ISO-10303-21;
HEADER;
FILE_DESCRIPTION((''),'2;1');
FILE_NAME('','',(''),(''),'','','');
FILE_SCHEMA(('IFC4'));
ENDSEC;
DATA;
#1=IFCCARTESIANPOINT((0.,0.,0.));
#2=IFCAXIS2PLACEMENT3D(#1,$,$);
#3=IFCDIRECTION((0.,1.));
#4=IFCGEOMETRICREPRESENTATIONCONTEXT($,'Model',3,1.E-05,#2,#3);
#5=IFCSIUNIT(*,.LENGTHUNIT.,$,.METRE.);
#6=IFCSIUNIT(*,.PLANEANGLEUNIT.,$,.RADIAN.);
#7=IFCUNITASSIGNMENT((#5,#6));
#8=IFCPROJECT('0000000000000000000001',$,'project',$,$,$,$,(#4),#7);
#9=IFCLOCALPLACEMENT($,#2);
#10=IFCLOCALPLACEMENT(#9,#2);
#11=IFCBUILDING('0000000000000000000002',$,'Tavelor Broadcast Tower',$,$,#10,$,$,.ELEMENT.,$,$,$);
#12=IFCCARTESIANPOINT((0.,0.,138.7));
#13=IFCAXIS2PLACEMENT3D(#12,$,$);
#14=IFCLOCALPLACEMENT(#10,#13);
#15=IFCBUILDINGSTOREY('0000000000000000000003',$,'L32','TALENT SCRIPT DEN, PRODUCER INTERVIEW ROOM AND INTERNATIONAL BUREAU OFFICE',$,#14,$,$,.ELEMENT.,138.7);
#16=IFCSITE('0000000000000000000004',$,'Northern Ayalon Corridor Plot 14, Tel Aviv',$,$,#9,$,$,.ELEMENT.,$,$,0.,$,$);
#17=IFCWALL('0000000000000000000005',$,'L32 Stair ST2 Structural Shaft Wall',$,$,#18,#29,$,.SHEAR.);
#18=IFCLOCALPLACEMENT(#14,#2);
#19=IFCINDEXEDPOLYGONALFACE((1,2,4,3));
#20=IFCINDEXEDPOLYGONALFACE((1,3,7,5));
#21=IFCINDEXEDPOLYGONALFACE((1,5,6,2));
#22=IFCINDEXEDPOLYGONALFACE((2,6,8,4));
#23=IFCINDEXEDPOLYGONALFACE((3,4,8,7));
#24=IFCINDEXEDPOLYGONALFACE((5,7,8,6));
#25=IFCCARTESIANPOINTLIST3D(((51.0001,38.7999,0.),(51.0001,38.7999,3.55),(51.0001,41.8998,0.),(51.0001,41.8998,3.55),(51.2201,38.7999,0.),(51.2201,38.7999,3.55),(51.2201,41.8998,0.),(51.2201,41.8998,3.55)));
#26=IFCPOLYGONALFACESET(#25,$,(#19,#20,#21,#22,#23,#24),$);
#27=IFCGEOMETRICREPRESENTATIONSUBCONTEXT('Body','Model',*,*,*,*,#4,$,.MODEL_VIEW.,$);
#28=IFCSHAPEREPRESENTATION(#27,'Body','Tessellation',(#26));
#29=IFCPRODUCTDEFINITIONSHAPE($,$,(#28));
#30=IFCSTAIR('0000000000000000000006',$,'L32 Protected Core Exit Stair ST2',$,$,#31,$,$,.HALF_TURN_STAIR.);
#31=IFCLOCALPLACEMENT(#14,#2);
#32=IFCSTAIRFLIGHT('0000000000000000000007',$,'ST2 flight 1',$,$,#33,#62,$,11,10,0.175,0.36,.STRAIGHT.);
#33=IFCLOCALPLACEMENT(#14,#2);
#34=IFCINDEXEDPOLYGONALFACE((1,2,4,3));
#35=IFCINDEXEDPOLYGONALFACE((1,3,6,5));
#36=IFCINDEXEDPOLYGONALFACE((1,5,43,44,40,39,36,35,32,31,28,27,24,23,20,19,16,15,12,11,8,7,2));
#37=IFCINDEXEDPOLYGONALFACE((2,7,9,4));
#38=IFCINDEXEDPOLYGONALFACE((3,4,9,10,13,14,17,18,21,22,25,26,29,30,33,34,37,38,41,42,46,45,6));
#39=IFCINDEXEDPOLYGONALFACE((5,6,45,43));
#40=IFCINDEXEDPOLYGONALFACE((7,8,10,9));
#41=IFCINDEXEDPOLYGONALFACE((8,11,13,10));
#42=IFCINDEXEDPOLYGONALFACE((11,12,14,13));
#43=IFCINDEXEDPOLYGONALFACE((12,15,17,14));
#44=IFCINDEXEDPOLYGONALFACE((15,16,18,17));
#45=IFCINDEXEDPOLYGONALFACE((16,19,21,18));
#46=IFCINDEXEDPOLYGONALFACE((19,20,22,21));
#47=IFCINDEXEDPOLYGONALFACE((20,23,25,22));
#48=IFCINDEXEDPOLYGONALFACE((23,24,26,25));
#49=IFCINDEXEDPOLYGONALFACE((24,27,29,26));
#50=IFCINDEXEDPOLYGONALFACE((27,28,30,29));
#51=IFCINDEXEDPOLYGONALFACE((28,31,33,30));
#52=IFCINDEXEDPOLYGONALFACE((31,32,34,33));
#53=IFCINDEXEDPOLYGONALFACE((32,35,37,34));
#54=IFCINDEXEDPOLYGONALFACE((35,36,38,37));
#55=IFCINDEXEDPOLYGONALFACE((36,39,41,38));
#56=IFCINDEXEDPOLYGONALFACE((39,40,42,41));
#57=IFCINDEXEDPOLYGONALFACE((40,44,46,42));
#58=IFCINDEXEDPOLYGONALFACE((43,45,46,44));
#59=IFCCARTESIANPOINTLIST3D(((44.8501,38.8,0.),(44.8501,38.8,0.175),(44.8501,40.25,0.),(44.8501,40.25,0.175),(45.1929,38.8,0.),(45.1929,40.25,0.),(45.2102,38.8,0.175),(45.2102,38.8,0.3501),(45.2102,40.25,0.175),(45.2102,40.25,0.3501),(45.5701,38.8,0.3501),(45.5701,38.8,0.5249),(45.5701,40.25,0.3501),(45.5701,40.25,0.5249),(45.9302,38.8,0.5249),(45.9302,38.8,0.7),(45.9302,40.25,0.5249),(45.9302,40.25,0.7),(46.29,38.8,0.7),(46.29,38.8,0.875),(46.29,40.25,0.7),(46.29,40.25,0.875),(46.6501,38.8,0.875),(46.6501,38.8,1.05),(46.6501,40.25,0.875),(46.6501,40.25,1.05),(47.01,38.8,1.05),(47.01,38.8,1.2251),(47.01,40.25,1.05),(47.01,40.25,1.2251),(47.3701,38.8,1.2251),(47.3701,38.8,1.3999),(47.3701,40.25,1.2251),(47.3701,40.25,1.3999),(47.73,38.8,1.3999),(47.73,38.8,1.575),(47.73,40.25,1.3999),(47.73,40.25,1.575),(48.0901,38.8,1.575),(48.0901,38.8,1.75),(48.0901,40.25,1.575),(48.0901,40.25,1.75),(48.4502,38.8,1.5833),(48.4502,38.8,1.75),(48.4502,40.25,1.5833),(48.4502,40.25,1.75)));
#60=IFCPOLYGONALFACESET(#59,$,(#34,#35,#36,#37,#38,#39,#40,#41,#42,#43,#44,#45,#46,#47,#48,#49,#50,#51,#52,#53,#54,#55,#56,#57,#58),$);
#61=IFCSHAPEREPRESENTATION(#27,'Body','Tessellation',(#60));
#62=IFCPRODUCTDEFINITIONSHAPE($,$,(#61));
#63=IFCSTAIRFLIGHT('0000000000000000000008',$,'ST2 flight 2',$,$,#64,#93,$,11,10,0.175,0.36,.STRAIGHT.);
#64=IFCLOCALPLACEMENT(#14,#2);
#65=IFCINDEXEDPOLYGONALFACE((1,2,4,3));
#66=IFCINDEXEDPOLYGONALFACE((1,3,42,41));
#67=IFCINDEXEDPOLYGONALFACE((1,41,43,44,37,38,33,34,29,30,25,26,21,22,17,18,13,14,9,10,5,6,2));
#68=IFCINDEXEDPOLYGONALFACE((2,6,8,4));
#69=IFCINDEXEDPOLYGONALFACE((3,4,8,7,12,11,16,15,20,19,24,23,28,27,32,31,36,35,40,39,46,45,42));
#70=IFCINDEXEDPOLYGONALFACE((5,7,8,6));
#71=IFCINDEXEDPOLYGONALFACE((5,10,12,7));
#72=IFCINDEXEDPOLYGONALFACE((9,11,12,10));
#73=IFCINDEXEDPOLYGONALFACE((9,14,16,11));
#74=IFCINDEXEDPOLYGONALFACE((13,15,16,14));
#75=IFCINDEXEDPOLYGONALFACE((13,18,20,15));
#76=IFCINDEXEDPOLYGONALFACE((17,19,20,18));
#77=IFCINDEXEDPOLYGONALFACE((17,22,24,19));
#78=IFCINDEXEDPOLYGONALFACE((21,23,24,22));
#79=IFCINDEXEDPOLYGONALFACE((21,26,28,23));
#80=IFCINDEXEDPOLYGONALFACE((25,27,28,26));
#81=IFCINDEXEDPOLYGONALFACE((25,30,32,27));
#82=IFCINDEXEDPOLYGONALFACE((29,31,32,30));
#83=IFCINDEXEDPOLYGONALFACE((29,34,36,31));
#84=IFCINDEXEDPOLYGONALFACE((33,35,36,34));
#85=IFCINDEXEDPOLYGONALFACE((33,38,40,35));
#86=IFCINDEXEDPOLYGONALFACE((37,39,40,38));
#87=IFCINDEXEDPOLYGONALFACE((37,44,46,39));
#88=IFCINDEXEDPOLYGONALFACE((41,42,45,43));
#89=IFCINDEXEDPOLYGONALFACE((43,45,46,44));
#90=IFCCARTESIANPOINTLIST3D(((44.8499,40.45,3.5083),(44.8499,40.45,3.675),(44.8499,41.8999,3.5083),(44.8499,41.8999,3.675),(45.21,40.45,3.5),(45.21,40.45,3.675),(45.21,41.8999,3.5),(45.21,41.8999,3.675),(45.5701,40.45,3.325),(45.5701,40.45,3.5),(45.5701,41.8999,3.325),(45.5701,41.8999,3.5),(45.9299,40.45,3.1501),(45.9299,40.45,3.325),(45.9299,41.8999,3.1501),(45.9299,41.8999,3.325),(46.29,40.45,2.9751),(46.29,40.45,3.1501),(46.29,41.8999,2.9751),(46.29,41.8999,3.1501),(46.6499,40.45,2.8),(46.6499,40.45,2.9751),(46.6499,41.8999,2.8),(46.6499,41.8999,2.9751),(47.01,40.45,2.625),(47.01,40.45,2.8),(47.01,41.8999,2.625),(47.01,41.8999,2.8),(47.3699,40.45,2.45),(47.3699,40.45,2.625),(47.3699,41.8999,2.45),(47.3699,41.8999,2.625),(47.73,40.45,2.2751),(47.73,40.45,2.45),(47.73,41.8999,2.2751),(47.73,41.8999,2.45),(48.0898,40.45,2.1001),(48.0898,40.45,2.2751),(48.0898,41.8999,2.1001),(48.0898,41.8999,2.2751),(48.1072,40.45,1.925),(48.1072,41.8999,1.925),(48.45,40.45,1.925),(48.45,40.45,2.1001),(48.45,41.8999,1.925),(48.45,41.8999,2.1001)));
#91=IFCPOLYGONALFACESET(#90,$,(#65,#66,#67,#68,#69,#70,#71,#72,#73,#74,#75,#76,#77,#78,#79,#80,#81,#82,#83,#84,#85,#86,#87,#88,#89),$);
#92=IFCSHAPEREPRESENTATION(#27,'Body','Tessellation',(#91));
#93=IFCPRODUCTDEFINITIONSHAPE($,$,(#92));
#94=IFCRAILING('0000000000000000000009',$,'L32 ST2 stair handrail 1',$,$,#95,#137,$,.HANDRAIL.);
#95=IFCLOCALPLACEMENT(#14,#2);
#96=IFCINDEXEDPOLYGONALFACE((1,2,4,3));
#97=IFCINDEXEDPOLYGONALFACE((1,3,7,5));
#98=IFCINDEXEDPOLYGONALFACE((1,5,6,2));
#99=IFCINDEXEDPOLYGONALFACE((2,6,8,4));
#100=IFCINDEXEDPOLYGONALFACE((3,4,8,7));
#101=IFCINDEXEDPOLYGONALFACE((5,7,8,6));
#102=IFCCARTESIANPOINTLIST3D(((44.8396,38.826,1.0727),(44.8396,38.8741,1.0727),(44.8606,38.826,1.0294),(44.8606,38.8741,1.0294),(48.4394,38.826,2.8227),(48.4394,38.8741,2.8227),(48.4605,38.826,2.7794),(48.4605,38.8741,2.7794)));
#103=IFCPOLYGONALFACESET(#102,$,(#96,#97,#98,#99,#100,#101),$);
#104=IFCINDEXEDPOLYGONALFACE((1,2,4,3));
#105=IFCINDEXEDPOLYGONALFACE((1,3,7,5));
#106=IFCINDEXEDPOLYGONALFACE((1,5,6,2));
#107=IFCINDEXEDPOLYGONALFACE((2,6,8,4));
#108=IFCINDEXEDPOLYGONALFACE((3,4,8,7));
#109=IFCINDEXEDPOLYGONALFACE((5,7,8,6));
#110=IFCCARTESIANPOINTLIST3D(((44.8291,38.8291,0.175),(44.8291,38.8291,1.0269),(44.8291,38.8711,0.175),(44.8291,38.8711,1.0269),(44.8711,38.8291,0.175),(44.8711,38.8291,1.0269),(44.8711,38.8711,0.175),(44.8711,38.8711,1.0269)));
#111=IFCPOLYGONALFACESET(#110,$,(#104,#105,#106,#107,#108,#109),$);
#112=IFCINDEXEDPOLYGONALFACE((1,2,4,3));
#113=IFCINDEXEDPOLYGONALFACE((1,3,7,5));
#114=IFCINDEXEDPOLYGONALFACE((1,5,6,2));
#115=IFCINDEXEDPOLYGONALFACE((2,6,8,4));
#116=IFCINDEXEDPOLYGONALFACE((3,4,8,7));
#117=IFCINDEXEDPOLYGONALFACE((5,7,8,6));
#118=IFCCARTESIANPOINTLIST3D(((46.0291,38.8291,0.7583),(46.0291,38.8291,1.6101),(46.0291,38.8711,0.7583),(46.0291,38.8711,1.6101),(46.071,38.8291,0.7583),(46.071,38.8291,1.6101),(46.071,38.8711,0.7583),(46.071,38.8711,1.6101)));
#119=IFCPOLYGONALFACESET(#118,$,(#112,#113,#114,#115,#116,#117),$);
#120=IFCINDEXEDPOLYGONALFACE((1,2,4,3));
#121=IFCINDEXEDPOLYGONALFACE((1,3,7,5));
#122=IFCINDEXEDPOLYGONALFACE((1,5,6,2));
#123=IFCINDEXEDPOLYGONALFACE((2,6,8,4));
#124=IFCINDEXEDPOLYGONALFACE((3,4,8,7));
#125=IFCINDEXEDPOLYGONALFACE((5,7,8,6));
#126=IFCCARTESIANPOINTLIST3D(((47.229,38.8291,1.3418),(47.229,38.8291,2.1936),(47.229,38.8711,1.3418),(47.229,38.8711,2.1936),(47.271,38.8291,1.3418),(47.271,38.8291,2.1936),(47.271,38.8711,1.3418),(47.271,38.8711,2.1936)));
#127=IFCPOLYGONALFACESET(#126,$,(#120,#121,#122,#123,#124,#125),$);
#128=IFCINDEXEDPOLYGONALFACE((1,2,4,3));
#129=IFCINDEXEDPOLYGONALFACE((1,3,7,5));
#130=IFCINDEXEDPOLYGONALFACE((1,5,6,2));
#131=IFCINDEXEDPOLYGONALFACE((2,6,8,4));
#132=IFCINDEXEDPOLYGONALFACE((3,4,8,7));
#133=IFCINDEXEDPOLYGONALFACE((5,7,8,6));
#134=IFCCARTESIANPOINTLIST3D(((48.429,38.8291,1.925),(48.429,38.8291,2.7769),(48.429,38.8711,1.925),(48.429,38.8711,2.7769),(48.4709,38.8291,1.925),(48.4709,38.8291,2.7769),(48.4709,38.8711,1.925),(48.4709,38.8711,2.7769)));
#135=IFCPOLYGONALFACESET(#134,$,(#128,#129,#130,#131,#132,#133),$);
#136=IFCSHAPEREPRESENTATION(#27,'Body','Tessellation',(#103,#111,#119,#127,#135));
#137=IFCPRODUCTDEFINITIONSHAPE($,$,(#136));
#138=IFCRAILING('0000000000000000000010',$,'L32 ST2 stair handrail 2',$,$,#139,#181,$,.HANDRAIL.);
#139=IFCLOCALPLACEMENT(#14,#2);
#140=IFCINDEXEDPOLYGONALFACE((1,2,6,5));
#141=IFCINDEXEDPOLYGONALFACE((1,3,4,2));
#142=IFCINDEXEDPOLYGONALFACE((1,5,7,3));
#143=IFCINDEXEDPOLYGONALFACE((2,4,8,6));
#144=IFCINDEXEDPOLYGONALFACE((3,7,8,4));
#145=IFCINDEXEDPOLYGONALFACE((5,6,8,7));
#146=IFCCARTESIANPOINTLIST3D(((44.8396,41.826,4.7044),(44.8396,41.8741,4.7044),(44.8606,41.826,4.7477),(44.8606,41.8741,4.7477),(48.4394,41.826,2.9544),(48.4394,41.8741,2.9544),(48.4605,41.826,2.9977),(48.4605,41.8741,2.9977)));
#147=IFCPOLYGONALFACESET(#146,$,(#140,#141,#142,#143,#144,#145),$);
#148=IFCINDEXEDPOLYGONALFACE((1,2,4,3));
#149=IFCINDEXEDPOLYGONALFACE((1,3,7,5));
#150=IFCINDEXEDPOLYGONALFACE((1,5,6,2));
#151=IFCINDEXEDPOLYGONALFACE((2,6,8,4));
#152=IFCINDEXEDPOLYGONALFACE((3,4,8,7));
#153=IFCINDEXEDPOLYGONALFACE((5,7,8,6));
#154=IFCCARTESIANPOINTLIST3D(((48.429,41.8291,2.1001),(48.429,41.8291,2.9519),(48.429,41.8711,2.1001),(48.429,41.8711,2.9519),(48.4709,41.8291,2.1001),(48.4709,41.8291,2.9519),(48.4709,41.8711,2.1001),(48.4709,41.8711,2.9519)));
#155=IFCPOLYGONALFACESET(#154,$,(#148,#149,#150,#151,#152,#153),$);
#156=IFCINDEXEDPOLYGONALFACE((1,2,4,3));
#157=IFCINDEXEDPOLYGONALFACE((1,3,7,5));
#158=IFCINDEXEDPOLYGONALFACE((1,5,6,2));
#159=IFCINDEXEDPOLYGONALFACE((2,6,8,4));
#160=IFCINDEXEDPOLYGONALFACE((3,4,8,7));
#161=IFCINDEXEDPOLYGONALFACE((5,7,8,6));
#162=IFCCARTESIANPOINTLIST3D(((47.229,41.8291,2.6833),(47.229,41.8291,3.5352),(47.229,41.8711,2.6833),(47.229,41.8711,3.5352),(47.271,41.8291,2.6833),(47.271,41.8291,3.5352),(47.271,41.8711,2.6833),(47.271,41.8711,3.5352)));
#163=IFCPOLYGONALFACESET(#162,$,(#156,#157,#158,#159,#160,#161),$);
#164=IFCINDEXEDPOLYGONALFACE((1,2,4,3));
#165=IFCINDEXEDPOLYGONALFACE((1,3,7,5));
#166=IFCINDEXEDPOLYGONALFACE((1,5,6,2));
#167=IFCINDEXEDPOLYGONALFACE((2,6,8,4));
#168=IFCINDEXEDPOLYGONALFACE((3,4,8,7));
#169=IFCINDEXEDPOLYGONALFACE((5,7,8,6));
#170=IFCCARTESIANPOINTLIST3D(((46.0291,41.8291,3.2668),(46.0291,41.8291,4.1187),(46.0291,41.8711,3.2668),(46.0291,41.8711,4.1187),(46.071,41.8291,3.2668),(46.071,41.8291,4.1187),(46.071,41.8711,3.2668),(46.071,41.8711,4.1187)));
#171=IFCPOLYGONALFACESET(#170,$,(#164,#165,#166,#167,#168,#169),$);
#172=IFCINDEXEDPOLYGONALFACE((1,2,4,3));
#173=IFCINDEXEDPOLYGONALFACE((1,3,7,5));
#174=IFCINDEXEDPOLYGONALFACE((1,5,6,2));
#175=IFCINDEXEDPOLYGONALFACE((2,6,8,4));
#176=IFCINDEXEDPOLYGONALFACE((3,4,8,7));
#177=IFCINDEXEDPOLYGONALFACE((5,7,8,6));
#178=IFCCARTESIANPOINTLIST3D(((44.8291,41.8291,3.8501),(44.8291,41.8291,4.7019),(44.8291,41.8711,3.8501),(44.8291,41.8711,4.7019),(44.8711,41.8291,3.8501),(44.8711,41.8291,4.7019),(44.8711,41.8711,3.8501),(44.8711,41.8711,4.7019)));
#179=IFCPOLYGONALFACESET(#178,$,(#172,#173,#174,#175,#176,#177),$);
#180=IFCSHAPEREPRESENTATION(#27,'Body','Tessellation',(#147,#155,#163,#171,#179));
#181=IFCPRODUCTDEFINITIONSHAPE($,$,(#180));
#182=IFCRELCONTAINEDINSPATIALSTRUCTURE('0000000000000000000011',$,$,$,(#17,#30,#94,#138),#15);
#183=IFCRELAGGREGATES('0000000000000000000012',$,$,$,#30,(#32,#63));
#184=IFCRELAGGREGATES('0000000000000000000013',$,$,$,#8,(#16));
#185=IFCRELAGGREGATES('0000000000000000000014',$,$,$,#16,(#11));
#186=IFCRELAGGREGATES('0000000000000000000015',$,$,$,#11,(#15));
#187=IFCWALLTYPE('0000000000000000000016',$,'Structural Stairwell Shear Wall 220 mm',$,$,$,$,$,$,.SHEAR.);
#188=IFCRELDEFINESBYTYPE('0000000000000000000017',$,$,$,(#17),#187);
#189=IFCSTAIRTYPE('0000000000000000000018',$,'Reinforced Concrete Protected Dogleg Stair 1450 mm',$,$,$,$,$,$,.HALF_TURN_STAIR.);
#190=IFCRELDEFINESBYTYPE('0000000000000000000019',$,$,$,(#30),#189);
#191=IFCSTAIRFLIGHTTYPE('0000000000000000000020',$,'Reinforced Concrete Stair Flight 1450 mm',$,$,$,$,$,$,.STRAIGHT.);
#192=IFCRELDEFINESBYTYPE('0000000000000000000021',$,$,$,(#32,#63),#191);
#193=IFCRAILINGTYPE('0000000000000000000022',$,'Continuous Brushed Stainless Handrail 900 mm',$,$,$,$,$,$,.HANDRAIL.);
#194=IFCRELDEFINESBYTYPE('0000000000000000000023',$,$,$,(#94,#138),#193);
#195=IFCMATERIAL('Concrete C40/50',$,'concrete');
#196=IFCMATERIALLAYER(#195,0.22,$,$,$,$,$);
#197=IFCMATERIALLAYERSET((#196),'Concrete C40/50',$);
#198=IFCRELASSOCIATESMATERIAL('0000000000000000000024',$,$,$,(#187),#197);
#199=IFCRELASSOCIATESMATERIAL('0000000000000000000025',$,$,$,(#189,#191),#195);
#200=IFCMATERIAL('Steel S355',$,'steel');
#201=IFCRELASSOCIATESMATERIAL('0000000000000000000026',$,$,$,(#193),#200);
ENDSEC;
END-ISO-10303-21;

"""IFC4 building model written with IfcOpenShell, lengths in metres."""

from ifc_helpers import new_model, si_unit, direction, frame, frame_2d, origin, origin_2d, place, context, subcontext, project, spatial, polyline, rectangle, outline, extrude, material, layer, layer_set, type_object, element, aggregate, save


model = new_model("IFC4")

# Units and contexts
model_context = context("Model", 3, precision=1e-05, world=origin(), true_north=direction((0.0, 1.0)))
body_context = subcontext(model_context, "Body", "Model", "MODEL_VIEW")
ifc_project = project(units=[si_unit("LENGTHUNIT", "METRE"), si_unit("PLANEANGLEUNIT", "RADIAN")], contexts=[model_context])

# Site, building, storey
site_placement = place(None, origin())
site = spatial("IfcSite", under=ifc_project, at=site_placement, Name="Northern Ayalon Corridor Plot 14, Tel Aviv", CompositionType="ELEMENT", RefElevation=0.0)
building_placement = place(site_placement, origin())
building = spatial("IfcBuilding", under=site, at=building_placement, Name="Tavelor Broadcast Tower", CompositionType="ELEMENT")
storey_placement = place(building_placement, frame((0.0, 0.0, 138.7)))
storey = spatial("IfcBuildingStorey", under=building, at=storey_placement, Name="L32", Description="TALENT SCRIPT DEN, PRODUCER INTERVIEW ROOM AND INTERNATIONAL BUREAU OFFICE", CompositionType="ELEMENT", Elevation=138.7)

# Shared definitions
ifc_material_1 = material(Name="Concrete C40/50", Category="concrete")
ifc_material_2 = material(Name="Steel S355", Category="steel")

# Wall
ifc_layer_1 = layer(ifc_material_1, 0.22)
ifc_layer_set_1 = layer_set([ifc_layer_1], Name="Concrete C40/50")
wall_type_1 = type_object("IfcWallType", Name="Structural Stairwell Shear Wall 220 mm", PredefinedType="SHEAR", material=ifc_layer_set_1)
wall_1_placement = place(storey_placement, frame((51.1101, 38.8, 0.0), z_axis=(0.0, 0.0, 1.0), x_axis=(0.0, 1.0, 0.0)))
element("IfcWall", 1, at=wall_1_placement, inside=storey, type_object=wall_type_1, Name="L32 Stair ST2 Structural Shaft Wall", PredefinedType="SHEAR", context=body_context, shape_type="SweptSolid", body=[
    extrude(rectangle(XDim=3.0999, YDim=0.22, at=frame_2d((1.5498, 0.0))), origin(), (0.0, 0.0, 1.0), 3.55),
])

# Stair, stair flights
stair_type = type_object("IfcStairType", Name="Reinforced Concrete Protected Dogleg Stair 1450 mm", PredefinedType="HALF_TURN_STAIR", material=ifc_material_1)
stair_placement = place(storey_placement, origin())
stair = element("IfcStair", 2, at=stair_placement, inside=storey, type_object=stair_type, Name="L32 Protected Core Exit Stair ST2", PredefinedType="HALF_TURN_STAIR")
stair_flight_type = type_object("IfcStairFlightType", Name="Reinforced Concrete Stair Flight 1450 mm", PredefinedType="STRAIGHT", material=ifc_material_1)
stair_flight_1_placement = place(storey_placement, frame((44.8501, 39.5249, 0.0), z_axis=(0.0, 0.0, 1.0), x_axis=(1.0, 0.0, 0.0)))
stair_flight_1 = element("IfcStairFlight", 3, at=stair_flight_1_placement, type_object=stair_flight_type, Name="ST2 flight 1", NumberOfRisers=11, NumberOfTreads=10, PredefinedType="STRAIGHT", RiserHeight=0.175, TreadLength=0.36, context=body_context, shape_type="SweptSolid", body=[
    extrude(outline(polyline([(0.0, 0.0), (0.0, 0.175), (0.3601, 0.175), (0.3601, 0.3501), (0.72, 0.3501), (0.72, 0.5249), (1.0801, 0.5249), (1.0801, 0.7), (1.4399, 0.7), (1.4399, 0.875), (1.8, 0.875), (1.8, 1.05), (2.1599, 1.05), (2.1599, 1.2251), (2.52, 1.2251), (2.52, 1.3999), (2.8799, 1.3999), (2.8799, 1.575), (3.24, 1.575), (3.24, 1.75), (3.6001, 1.75), (3.6001, 1.925), (3.6001, 1.5833), (0.3428, 0.0), (0.0, 0.0)])), frame((0.0, 0.7251, 0.0), z_axis=(0.0, -1.0, 0.0), x_axis=(1.0, 0.0, 0.0)), (0.0, 0.0, 1.0), 1.45),
])
stair_flight_2_placement = place(storey_placement, frame((48.45, 41.175, 1.925), z_axis=(0.0, 0.0, 1.0), x_axis=(-1.0, 0.0, 0.0)))
stair_flight_2 = element("IfcStairFlight", 4, at=stair_flight_2_placement, type_object=stair_flight_type, Name="ST2 flight 2", NumberOfRisers=11, NumberOfTreads=10, PredefinedType="STRAIGHT", RiserHeight=0.175, TreadLength=0.36, context=body_context, shape_type="SweptSolid", body=[
    extrude(outline(polyline([(0.0, 0.0), (0.0, 0.175), (0.3601, 0.175), (0.3601, 0.3501), (0.72, 0.3501), (0.72, 0.5249), (1.0801, 0.5249), (1.0801, 0.7), (1.4399, 0.7), (1.4399, 0.875), (1.8, 0.875), (1.8, 1.05), (2.1599, 1.05), (2.1599, 1.2251), (2.52, 1.2251), (2.52, 1.3999), (2.8799, 1.3999), (2.8799, 1.575), (3.24, 1.575), (3.24, 1.75), (3.6001, 1.75), (3.6001, 1.925), (3.6001, 1.5833), (0.3428, 0.0), (0.0, 0.0)])), frame((0.0, 0.7251, 0.0), z_axis=(0.0, -1.0, 0.0), x_axis=(1.0, 0.0, 0.0)), (0.0, 0.0, 1.0), 1.45),
])
aggregate(stair, [stair_flight_1, stair_flight_2])

# Railings
railing_type_1 = type_object("IfcRailingType", Name="Continuous Brushed Stainless Handrail 900 mm", PredefinedType="HANDRAIL", material=ifc_material_2)
railing_1_placement = place(storey_placement, frame((44.8501, 38.8501, 0.175)))
element("IfcRailing", 5, at=railing_1_placement, inside=storey, type_object=railing_type_1, Name="L32 ST2 stair handrail 1", PredefinedType="HANDRAIL", context=body_context, shape_type="SweptSolid", body=[
    extrude(rectangle(XDim=0.0481, YDim=0.0481, at=origin_2d()), frame((0.0, 0.0, 0.876), z_axis=(0.899361, 0.0, 0.437207), x_axis=(0.0, 1.0, 0.0)), (0.0, 0.0, 1.0), 4.0027),
    extrude(rectangle(XDim=0.042, YDim=0.042, at=origin_2d()), origin(), (0.0, 0.0, 1.0), 0.8518),
    extrude(rectangle(XDim=0.042, YDim=0.042, at=origin_2d()), frame((1.2, 0.0, 0.5833)), (0.0, 0.0, 1.0), 0.8518),
    extrude(rectangle(XDim=0.042, YDim=0.042, at=origin_2d()), frame((2.3999, 0.0, 1.1667)), (0.0, 0.0, 1.0), 0.8518),
    extrude(rectangle(XDim=0.042, YDim=0.042, at=origin_2d()), frame((3.5999, 0.0, 1.75)), (0.0, 0.0, 1.0), 0.8518),
])
railing_2_placement = place(storey_placement, frame((48.45, 41.8501, 2.1001)))
element("IfcRailing", 6, at=railing_2_placement, inside=storey, type_object=railing_type_1, Name="L32 ST2 stair handrail 2", PredefinedType="HANDRAIL", context=body_context, shape_type="SweptSolid", body=[
    extrude(rectangle(XDim=0.0481, YDim=0.0481, at=origin_2d()), frame((0.0, 0.0, 0.876), z_axis=(-0.899361, 0.0, 0.437207), x_axis=(0.0, -1.0, 0.0)), (0.0, 0.0, 1.0), 4.0027),
    extrude(rectangle(XDim=0.042, YDim=0.042, at=origin_2d()), origin(), (0.0, 0.0, 1.0), 0.8518),
    extrude(rectangle(XDim=0.042, YDim=0.042, at=origin_2d()), frame((-1.2, 0.0, 0.5833)), (0.0, 0.0, 1.0), 0.8518),
    extrude(rectangle(XDim=0.042, YDim=0.042, at=origin_2d()), frame((-2.3999, 0.0, 1.1667)), (0.0, 0.0, 1.0), 0.8518),
    extrude(rectangle(XDim=0.042, YDim=0.042, at=origin_2d()), frame((-3.5999, 0.0, 1.75)), (0.0, 0.0, 1.0), 0.8518),
])

save(model, "model.ifc")
